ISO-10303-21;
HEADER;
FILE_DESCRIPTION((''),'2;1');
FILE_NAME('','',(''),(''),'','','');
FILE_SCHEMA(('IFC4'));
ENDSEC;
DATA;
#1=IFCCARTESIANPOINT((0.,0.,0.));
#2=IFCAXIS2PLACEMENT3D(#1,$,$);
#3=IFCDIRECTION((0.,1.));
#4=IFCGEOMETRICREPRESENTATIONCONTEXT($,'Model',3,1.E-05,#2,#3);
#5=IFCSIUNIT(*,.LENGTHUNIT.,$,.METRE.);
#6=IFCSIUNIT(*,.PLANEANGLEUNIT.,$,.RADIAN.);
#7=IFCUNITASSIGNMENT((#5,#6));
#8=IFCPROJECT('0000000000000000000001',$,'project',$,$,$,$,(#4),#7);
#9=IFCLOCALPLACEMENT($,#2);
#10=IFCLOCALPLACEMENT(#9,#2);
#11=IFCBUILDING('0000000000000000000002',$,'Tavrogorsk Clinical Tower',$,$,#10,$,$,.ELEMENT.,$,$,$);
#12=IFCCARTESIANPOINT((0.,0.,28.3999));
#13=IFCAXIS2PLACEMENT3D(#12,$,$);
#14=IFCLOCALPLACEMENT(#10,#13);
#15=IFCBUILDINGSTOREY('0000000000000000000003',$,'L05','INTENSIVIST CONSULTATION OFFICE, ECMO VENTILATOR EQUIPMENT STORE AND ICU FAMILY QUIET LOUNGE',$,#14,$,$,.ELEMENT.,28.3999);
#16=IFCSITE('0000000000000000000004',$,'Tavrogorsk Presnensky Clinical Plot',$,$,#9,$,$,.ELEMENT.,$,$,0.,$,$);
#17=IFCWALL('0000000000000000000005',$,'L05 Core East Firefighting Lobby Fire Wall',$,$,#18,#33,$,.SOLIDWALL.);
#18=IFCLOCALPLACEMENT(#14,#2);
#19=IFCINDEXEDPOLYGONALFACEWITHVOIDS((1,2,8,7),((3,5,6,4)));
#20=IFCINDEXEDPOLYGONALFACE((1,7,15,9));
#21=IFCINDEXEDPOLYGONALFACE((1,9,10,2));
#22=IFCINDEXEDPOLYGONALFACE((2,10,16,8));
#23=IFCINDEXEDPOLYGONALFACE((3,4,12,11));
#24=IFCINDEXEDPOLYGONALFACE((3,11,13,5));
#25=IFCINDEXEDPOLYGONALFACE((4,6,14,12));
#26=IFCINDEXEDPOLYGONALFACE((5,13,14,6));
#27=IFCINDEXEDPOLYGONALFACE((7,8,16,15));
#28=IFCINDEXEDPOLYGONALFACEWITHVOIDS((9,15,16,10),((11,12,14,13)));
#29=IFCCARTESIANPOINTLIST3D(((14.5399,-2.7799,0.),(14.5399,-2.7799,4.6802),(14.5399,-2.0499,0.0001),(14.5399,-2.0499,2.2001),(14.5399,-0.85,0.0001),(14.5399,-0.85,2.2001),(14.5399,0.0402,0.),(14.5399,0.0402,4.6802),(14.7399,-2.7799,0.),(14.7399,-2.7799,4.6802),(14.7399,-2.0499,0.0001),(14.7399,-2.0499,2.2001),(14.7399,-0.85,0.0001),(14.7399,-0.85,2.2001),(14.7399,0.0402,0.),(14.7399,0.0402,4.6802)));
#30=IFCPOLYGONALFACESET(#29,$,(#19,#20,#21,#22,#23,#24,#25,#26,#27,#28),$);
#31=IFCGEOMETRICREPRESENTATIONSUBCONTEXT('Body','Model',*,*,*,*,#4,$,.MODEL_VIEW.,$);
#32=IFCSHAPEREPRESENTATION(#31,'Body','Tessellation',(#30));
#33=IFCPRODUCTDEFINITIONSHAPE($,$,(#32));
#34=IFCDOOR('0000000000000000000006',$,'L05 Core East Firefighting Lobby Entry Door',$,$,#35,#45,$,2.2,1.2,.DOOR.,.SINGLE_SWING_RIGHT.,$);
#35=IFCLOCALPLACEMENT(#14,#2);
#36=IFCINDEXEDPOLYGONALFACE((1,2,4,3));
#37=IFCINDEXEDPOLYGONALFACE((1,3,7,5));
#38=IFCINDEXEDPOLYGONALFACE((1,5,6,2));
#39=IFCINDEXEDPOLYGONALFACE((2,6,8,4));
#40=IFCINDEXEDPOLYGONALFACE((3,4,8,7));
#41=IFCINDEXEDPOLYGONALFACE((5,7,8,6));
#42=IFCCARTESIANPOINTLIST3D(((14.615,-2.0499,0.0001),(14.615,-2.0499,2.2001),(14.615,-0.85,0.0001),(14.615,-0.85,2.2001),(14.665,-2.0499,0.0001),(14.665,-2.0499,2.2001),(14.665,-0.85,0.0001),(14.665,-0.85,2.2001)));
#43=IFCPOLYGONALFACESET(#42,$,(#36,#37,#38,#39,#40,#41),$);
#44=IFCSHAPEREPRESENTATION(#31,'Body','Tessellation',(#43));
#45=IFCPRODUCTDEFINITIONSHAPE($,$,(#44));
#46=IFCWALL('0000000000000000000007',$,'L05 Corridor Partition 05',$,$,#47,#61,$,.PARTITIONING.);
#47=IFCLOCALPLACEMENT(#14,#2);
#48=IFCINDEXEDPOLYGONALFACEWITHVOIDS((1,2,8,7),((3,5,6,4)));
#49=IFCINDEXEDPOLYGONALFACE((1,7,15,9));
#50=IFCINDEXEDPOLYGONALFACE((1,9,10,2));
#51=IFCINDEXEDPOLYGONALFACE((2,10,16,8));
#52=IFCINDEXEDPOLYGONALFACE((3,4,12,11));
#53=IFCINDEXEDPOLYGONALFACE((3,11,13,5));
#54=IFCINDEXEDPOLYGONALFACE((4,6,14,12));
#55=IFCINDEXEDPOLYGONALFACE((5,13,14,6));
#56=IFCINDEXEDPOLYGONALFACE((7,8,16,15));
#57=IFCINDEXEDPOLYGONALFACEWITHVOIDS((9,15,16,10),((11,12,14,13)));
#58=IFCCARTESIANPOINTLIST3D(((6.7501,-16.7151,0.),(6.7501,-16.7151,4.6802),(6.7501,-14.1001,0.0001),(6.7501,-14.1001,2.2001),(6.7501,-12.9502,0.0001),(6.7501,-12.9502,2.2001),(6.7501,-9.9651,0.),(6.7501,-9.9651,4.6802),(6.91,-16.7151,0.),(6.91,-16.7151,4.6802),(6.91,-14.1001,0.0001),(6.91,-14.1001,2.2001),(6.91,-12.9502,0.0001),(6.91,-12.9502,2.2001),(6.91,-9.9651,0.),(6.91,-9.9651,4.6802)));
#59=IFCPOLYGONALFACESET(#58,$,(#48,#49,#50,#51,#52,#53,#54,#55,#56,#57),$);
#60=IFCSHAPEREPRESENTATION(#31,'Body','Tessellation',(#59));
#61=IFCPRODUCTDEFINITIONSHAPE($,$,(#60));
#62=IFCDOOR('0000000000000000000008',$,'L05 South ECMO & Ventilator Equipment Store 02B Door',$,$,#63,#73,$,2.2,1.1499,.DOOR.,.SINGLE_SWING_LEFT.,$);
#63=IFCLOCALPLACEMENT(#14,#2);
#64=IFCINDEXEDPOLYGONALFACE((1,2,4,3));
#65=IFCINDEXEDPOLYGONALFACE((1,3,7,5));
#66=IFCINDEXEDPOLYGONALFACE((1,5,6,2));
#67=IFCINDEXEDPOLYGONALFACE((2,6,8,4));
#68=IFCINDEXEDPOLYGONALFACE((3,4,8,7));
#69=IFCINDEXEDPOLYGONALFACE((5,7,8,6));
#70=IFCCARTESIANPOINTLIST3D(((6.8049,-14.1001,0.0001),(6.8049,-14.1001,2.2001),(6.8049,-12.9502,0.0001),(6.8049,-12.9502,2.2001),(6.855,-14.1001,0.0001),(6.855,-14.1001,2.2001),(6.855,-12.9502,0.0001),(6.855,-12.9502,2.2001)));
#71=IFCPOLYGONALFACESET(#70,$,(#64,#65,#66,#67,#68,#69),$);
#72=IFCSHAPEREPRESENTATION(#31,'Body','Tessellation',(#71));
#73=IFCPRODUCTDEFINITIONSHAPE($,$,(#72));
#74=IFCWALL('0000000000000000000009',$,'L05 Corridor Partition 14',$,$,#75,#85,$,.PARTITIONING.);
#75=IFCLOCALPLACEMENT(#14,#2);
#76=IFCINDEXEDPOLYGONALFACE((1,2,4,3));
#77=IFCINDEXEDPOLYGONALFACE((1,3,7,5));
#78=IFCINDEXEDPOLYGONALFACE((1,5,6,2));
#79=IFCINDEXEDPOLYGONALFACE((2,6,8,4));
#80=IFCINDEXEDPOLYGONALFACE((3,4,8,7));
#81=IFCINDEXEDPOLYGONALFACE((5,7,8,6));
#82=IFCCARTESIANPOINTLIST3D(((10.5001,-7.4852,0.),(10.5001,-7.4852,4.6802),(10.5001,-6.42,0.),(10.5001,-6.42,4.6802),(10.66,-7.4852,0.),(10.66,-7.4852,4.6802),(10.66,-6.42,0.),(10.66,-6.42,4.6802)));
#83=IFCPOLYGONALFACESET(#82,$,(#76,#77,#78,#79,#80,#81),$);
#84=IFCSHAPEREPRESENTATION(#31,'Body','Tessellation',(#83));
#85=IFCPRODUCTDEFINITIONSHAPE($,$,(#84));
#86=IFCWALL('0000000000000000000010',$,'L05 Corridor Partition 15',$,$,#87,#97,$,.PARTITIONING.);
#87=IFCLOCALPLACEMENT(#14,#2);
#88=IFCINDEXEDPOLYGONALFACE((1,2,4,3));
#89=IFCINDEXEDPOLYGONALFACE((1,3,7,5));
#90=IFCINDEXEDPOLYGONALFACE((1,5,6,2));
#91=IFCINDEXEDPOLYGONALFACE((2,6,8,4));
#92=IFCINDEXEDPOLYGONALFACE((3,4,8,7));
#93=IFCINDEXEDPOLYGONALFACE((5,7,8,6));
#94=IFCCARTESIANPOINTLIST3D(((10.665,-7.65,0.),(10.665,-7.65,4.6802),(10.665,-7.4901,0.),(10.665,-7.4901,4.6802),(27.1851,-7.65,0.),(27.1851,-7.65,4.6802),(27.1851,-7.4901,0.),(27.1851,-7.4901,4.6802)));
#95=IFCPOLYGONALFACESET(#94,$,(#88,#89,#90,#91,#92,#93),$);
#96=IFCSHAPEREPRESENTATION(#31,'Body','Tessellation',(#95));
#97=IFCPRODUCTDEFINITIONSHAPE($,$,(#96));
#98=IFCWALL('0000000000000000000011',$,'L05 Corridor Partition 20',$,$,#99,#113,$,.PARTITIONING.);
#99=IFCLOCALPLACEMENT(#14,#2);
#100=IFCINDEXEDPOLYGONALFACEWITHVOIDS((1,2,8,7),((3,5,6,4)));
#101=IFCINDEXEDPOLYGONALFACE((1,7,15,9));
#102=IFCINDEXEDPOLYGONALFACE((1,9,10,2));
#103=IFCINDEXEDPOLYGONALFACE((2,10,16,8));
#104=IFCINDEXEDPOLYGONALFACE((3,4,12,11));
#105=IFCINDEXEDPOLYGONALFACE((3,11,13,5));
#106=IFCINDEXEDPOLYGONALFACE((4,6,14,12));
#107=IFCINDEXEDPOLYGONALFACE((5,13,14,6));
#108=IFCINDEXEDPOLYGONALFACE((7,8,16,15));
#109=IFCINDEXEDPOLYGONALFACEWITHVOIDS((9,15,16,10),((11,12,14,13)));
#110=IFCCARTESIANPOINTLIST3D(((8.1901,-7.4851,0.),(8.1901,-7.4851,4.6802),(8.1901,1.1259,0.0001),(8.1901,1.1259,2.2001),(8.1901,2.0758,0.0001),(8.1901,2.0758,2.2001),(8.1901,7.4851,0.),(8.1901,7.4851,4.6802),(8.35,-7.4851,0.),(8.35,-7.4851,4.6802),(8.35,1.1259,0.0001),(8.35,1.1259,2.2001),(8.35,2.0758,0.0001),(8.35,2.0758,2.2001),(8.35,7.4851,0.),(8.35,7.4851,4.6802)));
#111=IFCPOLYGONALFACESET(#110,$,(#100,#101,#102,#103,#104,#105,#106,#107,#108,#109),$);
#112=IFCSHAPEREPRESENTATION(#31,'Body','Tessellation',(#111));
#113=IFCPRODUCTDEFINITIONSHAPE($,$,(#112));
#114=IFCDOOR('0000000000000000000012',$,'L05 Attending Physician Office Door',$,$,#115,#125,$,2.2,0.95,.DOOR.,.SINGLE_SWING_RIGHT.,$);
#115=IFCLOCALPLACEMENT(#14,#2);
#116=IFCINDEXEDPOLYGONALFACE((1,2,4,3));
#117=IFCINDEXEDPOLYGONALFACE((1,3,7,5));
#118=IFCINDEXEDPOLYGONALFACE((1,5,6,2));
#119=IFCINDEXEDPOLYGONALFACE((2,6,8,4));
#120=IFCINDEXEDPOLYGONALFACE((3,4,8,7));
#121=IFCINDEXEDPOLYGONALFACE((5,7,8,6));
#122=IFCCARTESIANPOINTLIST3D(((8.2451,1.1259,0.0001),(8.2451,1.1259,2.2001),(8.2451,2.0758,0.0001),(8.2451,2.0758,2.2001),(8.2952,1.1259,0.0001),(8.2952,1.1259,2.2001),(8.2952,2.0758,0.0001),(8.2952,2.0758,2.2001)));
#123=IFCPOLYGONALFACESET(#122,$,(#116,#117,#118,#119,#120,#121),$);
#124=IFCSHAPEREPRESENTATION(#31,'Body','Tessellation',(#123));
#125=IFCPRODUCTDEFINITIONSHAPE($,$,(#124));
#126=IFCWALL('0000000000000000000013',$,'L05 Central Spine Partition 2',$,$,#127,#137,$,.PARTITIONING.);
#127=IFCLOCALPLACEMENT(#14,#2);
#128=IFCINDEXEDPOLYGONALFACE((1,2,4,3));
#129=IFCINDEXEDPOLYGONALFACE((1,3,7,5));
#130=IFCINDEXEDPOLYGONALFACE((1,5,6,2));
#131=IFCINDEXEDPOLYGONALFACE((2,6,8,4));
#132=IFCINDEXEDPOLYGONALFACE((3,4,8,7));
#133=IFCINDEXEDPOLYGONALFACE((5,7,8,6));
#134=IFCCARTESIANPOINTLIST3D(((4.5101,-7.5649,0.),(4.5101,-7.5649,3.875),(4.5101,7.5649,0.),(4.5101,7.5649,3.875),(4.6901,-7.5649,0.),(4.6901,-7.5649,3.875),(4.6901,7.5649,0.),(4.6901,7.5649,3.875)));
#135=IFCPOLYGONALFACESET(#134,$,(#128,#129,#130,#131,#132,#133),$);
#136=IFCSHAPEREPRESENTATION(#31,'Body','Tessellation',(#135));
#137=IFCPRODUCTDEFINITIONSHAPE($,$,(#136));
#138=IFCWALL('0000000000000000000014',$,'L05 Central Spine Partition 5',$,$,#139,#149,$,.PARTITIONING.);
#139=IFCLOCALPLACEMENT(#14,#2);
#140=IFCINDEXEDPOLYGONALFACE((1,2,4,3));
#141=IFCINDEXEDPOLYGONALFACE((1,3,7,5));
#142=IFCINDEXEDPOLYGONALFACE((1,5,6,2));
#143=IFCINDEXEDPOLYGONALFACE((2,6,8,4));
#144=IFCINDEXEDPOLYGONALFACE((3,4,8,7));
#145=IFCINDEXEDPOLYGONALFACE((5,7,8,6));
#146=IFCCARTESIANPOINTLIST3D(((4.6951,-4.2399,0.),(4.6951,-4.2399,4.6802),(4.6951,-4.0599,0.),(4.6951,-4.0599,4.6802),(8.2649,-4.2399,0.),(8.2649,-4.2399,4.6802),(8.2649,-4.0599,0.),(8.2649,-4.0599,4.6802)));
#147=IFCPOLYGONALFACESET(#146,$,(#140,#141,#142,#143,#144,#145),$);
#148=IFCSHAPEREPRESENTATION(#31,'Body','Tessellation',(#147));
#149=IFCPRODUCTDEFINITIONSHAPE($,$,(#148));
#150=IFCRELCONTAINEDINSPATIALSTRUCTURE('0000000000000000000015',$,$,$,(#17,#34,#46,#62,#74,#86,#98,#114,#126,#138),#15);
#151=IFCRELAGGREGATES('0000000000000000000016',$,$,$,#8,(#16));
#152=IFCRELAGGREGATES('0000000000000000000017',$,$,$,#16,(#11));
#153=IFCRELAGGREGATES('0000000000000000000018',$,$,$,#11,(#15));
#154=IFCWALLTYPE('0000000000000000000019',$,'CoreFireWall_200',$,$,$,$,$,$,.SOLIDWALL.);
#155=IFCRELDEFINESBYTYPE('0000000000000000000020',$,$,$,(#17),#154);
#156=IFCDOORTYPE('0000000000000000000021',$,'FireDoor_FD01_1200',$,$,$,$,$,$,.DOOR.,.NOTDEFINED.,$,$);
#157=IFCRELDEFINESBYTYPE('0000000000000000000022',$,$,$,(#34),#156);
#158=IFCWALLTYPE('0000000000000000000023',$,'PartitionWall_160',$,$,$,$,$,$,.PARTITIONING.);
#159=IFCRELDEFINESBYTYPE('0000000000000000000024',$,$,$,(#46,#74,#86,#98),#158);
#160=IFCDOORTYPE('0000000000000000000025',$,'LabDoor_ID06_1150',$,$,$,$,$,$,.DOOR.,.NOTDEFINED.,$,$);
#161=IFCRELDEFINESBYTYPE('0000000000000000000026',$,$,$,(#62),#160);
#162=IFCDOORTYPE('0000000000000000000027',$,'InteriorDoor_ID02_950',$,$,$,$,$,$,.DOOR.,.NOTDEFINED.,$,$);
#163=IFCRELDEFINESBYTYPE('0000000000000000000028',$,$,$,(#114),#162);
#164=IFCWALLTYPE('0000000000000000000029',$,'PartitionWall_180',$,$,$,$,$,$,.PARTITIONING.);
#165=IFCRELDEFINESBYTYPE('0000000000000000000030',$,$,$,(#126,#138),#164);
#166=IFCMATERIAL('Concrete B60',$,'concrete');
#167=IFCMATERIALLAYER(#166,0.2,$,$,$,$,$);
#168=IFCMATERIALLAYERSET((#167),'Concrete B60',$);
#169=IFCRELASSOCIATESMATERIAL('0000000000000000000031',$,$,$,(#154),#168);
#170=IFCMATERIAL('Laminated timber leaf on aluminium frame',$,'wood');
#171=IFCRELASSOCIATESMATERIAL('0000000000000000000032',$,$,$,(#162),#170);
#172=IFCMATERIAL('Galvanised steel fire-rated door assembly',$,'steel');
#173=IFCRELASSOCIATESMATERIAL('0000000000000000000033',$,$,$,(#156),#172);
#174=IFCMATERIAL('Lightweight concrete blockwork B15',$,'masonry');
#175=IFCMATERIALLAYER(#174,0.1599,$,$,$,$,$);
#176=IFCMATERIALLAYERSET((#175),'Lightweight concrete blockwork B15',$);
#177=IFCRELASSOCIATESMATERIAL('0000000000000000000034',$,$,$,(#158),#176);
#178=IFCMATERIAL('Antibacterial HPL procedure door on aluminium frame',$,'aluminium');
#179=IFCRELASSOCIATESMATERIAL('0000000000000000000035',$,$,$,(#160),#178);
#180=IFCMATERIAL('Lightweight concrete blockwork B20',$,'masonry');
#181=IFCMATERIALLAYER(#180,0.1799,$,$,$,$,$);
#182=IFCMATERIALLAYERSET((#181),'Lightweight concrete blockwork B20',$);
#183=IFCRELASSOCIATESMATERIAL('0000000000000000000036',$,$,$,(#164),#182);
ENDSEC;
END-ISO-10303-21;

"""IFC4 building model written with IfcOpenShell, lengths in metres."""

from ifc_helpers import new_model, si_unit, direction, frame, frame_2d, origin, place, context, subcontext, project, spatial, rectangle, extrude, material, layer, layer_set, type_object, element, fill, save


model = new_model("IFC4")

# Units and contexts
model_context = context("Model", 3, precision=1e-05, world=origin(), true_north=direction((0.0, 1.0)))
body_context = subcontext(model_context, "Body", "Model", "MODEL_VIEW")
ifc_project = project(units=[si_unit("LENGTHUNIT", "METRE"), si_unit("PLANEANGLEUNIT", "RADIAN")], contexts=[model_context])

# Site, building, storey
site_placement = place(None, origin())
site = spatial("IfcSite", under=ifc_project, at=site_placement, Name="Tavrogorsk Presnensky Clinical Plot", CompositionType="ELEMENT", RefElevation=0.0)
building_placement = place(site_placement, origin())
building = spatial("IfcBuilding", under=site, at=building_placement, Name="Tavrogorsk Clinical Tower", CompositionType="ELEMENT")
storey_placement = place(building_placement, frame((0.0, 0.0, 28.3999)))
storey = spatial("IfcBuildingStorey", under=building, at=storey_placement, Name="L05", Description="INTENSIVIST CONSULTATION OFFICE, ECMO VENTILATOR EQUIPMENT STORE AND ICU FAMILY QUIET LOUNGE", CompositionType="ELEMENT", Elevation=28.3999)

# Walls, openings, doors
ifc_material_1 = material(Name="Concrete B60", Category="concrete")
ifc_layer_1 = layer(ifc_material_1, 0.2)
ifc_layer_set_1 = layer_set([ifc_layer_1], Name="Concrete B60")
wall_type_1 = type_object("IfcWallType", Name="CoreFireWall_200", PredefinedType="SOLIDWALL", material=ifc_layer_set_1)
ifc_material_2 = material(Name="Laminated timber leaf on aluminium frame", Category="wood")
door_type_1 = type_object("IfcDoorType", Name="InteriorDoor_ID02_950", OperationType="NOTDEFINED", PredefinedType="DOOR", material=ifc_material_2)
wall_1_placement = place(storey_placement, frame((14.6399, -2.78, 0.0), z_axis=(0.0, 0.0, 1.0), x_axis=(0.0, 1.0, 0.0)))
wall_1 = element("IfcWall", 1, at=wall_1_placement, inside=storey, type_object=wall_type_1, Name="L05 Core East Firefighting Lobby Fire Wall", PredefinedType="SOLIDWALL", context=body_context, shape_type="SweptSolid", body=[
    extrude(rectangle(XDim=2.8201, YDim=0.2, at=frame_2d((1.4102, 0.0))), origin(), (0.0, 0.0, 1.0), 4.6802),
])
opening_1_placement = place(wall_1_placement, frame((0.73, 0.0, 0.0)))
opening_1 = element("IfcOpeningElement", 2, at=opening_1_placement, cuts=wall_1, PredefinedType="OPENING", context=body_context, shape_type="SweptSolid", body=[
    extrude(rectangle(XDim=1.2, YDim=2.2, at=frame_2d((0.6001, 1.1001))), frame((0.0, 0.1099, 0.0), z_axis=(0.0, -1.0, 0.0), x_axis=(1.0, 0.0, 0.0)), (0.0, 0.0, 1.0), 0.22),
])
ifc_material_3 = material(Name="Galvanised steel fire-rated door assembly", Category="steel")
door_type_2 = type_object("IfcDoorType", Name="FireDoor_FD01_1200", OperationType="NOTDEFINED", PredefinedType="DOOR", material=ifc_material_3)
door_1_placement = place(opening_1_placement, origin())
door_1 = element("IfcDoor", 3, at=door_1_placement, inside=storey, type_object=door_type_2, Name="L05 Core East Firefighting Lobby Entry Door", OperationType="SINGLE_SWING_RIGHT", OverallHeight=2.2, OverallWidth=1.2, PredefinedType="DOOR", context=body_context, shape_type="SweptSolid", body=[
    extrude(rectangle(XDim=1.2, YDim=2.2, at=frame_2d((0.6001, 1.1001))), frame((0.0, 0.0249, 0.0), z_axis=(0.0, -1.0, 0.0), x_axis=(1.0, 0.0, 0.0)), (0.0, 0.0, 1.0), 0.05),
])
fill(opening_1, door_1)
ifc_material_4 = material(Name="Lightweight concrete blockwork B15", Category="masonry")
ifc_layer_2 = layer(ifc_material_4, 0.1599)
ifc_layer_set_2 = layer_set([ifc_layer_2], Name="Lightweight concrete blockwork B15")
wall_type_2 = type_object("IfcWallType", Name="PartitionWall_160", PredefinedType="PARTITIONING", material=ifc_layer_set_2)
wall_2_placement = place(storey_placement, frame((6.8301, -9.9651, 0.0), z_axis=(0.0, 0.0, 1.0), x_axis=(0.0, -1.0, 0.0)))
wall_2 = element("IfcWall", 4, at=wall_2_placement, inside=storey, type_object=wall_type_2, Name="L05 Corridor Partition 05", PredefinedType="PARTITIONING", context=body_context, shape_type="SweptSolid", body=[
    extrude(rectangle(XDim=6.75, YDim=0.1599, at=frame_2d((3.375, 0.0))), origin(), (0.0, 0.0, 1.0), 4.6802),
])
opening_2_placement = place(wall_2_placement, frame((2.9851, 0.0, 0.0)))
opening_2 = element("IfcOpeningElement", 5, at=opening_2_placement, cuts=wall_2, PredefinedType="OPENING", context=body_context, shape_type="SweptSolid", body=[
    extrude(rectangle(XDim=1.1499, YDim=2.2, at=frame_2d((0.575, 1.1001))), frame((0.0, 0.0898, 0.0), z_axis=(0.0, -1.0, 0.0), x_axis=(1.0, 0.0, 0.0)), (0.0, 0.0, 1.0), 0.1799),
])
ifc_material_5 = material(Name="Antibacterial HPL procedure door on aluminium frame", Category="aluminium")
door_type_3 = type_object("IfcDoorType", Name="LabDoor_ID06_1150", OperationType="NOTDEFINED", PredefinedType="DOOR", material=ifc_material_5)
door_2_placement = place(opening_2_placement, origin())
door_2 = element("IfcDoor", 6, at=door_2_placement, inside=storey, type_object=door_type_3, Name="L05 South ECMO & Ventilator Equipment Store 02B Door", OperationType="SINGLE_SWING_LEFT", OverallHeight=2.2, OverallWidth=1.1499, PredefinedType="DOOR", context=body_context, shape_type="SweptSolid", body=[
    extrude(rectangle(XDim=1.1499, YDim=2.2, at=frame_2d((0.575, 1.1001))), frame((0.0, 0.0249, 0.0), z_axis=(0.0, -1.0, 0.0), x_axis=(1.0, 0.0, 0.0)), (0.0, 0.0, 1.0), 0.05),
])
fill(opening_2, door_2)

# Walls
wall_3_placement = place(storey_placement, frame((10.5801, -6.4199, 0.0), z_axis=(0.0, 0.0, 1.0), x_axis=(0.0, -1.0, 0.0)))
element("IfcWall", 7, at=wall_3_placement, inside=storey, type_object=wall_type_2, Name="L05 Corridor Partition 14", PredefinedType="PARTITIONING", context=body_context, shape_type="SweptSolid", body=[
    extrude(rectangle(XDim=1.0652, YDim=0.1599, at=frame_2d((0.5327, 0.0))), origin(), (0.0, 0.0, 1.0), 4.6802),
])
wall_4_placement = place(storey_placement, frame((10.665, -7.5701, 0.0), z_axis=(0.0, 0.0, 1.0), x_axis=(1.0, 0.0, 0.0)))
element("IfcWall", 8, at=wall_4_placement, inside=storey, type_object=wall_type_2, Name="L05 Corridor Partition 15", PredefinedType="PARTITIONING", context=body_context, shape_type="SweptSolid", body=[
    extrude(rectangle(XDim=16.52, YDim=0.1599, at=frame_2d((8.26, 0.0))), origin(), (0.0, 0.0, 1.0), 4.6802),
])

# Wall, opening, door
wall_5_placement = place(storey_placement, frame((8.27, -7.4851, 0.0), z_axis=(0.0, 0.0, 1.0), x_axis=(0.0, 1.0, 0.0)))
wall_5 = element("IfcWall", 9, at=wall_5_placement, inside=storey, type_object=wall_type_2, Name="L05 Corridor Partition 20", PredefinedType="PARTITIONING", context=body_context, shape_type="SweptSolid", body=[
    extrude(rectangle(XDim=14.9702, YDim=0.1599, at=frame_2d((7.4851, 0.0))), origin(), (0.0, 0.0, 1.0), 4.6802),
])
opening_3_placement = place(wall_5_placement, frame((8.6108, 0.0, 0.0)))
opening_3 = element("IfcOpeningElement", 10, at=opening_3_placement, cuts=wall_5, PredefinedType="OPENING", context=body_context, shape_type="SweptSolid", body=[
    extrude(rectangle(XDim=0.95, YDim=2.2, at=frame_2d((0.4751, 1.1001))), frame((0.0, 0.0898, 0.0), z_axis=(0.0, -1.0, 0.0), x_axis=(1.0, 0.0, 0.0)), (0.0, 0.0, 1.0), 0.1799),
])
door_3_placement = place(opening_3_placement, origin())
door_3 = element("IfcDoor", 11, at=door_3_placement, inside=storey, type_object=door_type_1, Name="L05 Attending Physician Office Door", OperationType="SINGLE_SWING_RIGHT", OverallHeight=2.2, OverallWidth=0.95, PredefinedType="DOOR", context=body_context, shape_type="SweptSolid", body=[
    extrude(rectangle(XDim=0.95, YDim=2.2, at=frame_2d((0.4751, 1.1001))), frame((0.0, 0.0249, 0.0), z_axis=(0.0, -1.0, 0.0), x_axis=(1.0, 0.0, 0.0)), (0.0, 0.0, 1.0), 0.05),
])
fill(opening_3, door_3)

# Walls
ifc_material_6 = material(Name="Lightweight concrete blockwork B20", Category="masonry")
ifc_layer_3 = layer(ifc_material_6, 0.1799)
ifc_layer_set_3 = layer_set([ifc_layer_3], Name="Lightweight concrete blockwork B20")
wall_type_3 = type_object("IfcWallType", Name="PartitionWall_180", PredefinedType="PARTITIONING", material=ifc_layer_set_3)
wall_6_placement = place(storey_placement, frame((4.6001, -7.5649, 0.0), z_axis=(0.0, 0.0, 1.0), x_axis=(0.0, 1.0, 0.0)))
element("IfcWall", 12, at=wall_6_placement, inside=storey, type_object=wall_type_3, Name="L05 Central Spine Partition 2", PredefinedType="PARTITIONING", context=body_context, shape_type="SweptSolid", body=[
    extrude(rectangle(XDim=15.1299, YDim=0.1799, at=frame_2d((7.5649, 0.0))), origin(), (0.0, 0.0, 1.0), 3.875),
])
wall_7_placement = place(storey_placement, frame((4.6951, -4.1499, 0.0), z_axis=(0.0, 0.0, 1.0), x_axis=(1.0, 0.0, 0.0)))
element("IfcWall", 13, at=wall_7_placement, inside=storey, type_object=wall_type_3, Name="L05 Central Spine Partition 5", PredefinedType="PARTITIONING", context=body_context, shape_type="SweptSolid", body=[
    extrude(rectangle(XDim=3.5698, YDim=0.1799, at=frame_2d((1.7849, 0.0))), origin(), (0.0, 0.0, 1.0), 4.6802),
])

save(model, "model.ifc")
